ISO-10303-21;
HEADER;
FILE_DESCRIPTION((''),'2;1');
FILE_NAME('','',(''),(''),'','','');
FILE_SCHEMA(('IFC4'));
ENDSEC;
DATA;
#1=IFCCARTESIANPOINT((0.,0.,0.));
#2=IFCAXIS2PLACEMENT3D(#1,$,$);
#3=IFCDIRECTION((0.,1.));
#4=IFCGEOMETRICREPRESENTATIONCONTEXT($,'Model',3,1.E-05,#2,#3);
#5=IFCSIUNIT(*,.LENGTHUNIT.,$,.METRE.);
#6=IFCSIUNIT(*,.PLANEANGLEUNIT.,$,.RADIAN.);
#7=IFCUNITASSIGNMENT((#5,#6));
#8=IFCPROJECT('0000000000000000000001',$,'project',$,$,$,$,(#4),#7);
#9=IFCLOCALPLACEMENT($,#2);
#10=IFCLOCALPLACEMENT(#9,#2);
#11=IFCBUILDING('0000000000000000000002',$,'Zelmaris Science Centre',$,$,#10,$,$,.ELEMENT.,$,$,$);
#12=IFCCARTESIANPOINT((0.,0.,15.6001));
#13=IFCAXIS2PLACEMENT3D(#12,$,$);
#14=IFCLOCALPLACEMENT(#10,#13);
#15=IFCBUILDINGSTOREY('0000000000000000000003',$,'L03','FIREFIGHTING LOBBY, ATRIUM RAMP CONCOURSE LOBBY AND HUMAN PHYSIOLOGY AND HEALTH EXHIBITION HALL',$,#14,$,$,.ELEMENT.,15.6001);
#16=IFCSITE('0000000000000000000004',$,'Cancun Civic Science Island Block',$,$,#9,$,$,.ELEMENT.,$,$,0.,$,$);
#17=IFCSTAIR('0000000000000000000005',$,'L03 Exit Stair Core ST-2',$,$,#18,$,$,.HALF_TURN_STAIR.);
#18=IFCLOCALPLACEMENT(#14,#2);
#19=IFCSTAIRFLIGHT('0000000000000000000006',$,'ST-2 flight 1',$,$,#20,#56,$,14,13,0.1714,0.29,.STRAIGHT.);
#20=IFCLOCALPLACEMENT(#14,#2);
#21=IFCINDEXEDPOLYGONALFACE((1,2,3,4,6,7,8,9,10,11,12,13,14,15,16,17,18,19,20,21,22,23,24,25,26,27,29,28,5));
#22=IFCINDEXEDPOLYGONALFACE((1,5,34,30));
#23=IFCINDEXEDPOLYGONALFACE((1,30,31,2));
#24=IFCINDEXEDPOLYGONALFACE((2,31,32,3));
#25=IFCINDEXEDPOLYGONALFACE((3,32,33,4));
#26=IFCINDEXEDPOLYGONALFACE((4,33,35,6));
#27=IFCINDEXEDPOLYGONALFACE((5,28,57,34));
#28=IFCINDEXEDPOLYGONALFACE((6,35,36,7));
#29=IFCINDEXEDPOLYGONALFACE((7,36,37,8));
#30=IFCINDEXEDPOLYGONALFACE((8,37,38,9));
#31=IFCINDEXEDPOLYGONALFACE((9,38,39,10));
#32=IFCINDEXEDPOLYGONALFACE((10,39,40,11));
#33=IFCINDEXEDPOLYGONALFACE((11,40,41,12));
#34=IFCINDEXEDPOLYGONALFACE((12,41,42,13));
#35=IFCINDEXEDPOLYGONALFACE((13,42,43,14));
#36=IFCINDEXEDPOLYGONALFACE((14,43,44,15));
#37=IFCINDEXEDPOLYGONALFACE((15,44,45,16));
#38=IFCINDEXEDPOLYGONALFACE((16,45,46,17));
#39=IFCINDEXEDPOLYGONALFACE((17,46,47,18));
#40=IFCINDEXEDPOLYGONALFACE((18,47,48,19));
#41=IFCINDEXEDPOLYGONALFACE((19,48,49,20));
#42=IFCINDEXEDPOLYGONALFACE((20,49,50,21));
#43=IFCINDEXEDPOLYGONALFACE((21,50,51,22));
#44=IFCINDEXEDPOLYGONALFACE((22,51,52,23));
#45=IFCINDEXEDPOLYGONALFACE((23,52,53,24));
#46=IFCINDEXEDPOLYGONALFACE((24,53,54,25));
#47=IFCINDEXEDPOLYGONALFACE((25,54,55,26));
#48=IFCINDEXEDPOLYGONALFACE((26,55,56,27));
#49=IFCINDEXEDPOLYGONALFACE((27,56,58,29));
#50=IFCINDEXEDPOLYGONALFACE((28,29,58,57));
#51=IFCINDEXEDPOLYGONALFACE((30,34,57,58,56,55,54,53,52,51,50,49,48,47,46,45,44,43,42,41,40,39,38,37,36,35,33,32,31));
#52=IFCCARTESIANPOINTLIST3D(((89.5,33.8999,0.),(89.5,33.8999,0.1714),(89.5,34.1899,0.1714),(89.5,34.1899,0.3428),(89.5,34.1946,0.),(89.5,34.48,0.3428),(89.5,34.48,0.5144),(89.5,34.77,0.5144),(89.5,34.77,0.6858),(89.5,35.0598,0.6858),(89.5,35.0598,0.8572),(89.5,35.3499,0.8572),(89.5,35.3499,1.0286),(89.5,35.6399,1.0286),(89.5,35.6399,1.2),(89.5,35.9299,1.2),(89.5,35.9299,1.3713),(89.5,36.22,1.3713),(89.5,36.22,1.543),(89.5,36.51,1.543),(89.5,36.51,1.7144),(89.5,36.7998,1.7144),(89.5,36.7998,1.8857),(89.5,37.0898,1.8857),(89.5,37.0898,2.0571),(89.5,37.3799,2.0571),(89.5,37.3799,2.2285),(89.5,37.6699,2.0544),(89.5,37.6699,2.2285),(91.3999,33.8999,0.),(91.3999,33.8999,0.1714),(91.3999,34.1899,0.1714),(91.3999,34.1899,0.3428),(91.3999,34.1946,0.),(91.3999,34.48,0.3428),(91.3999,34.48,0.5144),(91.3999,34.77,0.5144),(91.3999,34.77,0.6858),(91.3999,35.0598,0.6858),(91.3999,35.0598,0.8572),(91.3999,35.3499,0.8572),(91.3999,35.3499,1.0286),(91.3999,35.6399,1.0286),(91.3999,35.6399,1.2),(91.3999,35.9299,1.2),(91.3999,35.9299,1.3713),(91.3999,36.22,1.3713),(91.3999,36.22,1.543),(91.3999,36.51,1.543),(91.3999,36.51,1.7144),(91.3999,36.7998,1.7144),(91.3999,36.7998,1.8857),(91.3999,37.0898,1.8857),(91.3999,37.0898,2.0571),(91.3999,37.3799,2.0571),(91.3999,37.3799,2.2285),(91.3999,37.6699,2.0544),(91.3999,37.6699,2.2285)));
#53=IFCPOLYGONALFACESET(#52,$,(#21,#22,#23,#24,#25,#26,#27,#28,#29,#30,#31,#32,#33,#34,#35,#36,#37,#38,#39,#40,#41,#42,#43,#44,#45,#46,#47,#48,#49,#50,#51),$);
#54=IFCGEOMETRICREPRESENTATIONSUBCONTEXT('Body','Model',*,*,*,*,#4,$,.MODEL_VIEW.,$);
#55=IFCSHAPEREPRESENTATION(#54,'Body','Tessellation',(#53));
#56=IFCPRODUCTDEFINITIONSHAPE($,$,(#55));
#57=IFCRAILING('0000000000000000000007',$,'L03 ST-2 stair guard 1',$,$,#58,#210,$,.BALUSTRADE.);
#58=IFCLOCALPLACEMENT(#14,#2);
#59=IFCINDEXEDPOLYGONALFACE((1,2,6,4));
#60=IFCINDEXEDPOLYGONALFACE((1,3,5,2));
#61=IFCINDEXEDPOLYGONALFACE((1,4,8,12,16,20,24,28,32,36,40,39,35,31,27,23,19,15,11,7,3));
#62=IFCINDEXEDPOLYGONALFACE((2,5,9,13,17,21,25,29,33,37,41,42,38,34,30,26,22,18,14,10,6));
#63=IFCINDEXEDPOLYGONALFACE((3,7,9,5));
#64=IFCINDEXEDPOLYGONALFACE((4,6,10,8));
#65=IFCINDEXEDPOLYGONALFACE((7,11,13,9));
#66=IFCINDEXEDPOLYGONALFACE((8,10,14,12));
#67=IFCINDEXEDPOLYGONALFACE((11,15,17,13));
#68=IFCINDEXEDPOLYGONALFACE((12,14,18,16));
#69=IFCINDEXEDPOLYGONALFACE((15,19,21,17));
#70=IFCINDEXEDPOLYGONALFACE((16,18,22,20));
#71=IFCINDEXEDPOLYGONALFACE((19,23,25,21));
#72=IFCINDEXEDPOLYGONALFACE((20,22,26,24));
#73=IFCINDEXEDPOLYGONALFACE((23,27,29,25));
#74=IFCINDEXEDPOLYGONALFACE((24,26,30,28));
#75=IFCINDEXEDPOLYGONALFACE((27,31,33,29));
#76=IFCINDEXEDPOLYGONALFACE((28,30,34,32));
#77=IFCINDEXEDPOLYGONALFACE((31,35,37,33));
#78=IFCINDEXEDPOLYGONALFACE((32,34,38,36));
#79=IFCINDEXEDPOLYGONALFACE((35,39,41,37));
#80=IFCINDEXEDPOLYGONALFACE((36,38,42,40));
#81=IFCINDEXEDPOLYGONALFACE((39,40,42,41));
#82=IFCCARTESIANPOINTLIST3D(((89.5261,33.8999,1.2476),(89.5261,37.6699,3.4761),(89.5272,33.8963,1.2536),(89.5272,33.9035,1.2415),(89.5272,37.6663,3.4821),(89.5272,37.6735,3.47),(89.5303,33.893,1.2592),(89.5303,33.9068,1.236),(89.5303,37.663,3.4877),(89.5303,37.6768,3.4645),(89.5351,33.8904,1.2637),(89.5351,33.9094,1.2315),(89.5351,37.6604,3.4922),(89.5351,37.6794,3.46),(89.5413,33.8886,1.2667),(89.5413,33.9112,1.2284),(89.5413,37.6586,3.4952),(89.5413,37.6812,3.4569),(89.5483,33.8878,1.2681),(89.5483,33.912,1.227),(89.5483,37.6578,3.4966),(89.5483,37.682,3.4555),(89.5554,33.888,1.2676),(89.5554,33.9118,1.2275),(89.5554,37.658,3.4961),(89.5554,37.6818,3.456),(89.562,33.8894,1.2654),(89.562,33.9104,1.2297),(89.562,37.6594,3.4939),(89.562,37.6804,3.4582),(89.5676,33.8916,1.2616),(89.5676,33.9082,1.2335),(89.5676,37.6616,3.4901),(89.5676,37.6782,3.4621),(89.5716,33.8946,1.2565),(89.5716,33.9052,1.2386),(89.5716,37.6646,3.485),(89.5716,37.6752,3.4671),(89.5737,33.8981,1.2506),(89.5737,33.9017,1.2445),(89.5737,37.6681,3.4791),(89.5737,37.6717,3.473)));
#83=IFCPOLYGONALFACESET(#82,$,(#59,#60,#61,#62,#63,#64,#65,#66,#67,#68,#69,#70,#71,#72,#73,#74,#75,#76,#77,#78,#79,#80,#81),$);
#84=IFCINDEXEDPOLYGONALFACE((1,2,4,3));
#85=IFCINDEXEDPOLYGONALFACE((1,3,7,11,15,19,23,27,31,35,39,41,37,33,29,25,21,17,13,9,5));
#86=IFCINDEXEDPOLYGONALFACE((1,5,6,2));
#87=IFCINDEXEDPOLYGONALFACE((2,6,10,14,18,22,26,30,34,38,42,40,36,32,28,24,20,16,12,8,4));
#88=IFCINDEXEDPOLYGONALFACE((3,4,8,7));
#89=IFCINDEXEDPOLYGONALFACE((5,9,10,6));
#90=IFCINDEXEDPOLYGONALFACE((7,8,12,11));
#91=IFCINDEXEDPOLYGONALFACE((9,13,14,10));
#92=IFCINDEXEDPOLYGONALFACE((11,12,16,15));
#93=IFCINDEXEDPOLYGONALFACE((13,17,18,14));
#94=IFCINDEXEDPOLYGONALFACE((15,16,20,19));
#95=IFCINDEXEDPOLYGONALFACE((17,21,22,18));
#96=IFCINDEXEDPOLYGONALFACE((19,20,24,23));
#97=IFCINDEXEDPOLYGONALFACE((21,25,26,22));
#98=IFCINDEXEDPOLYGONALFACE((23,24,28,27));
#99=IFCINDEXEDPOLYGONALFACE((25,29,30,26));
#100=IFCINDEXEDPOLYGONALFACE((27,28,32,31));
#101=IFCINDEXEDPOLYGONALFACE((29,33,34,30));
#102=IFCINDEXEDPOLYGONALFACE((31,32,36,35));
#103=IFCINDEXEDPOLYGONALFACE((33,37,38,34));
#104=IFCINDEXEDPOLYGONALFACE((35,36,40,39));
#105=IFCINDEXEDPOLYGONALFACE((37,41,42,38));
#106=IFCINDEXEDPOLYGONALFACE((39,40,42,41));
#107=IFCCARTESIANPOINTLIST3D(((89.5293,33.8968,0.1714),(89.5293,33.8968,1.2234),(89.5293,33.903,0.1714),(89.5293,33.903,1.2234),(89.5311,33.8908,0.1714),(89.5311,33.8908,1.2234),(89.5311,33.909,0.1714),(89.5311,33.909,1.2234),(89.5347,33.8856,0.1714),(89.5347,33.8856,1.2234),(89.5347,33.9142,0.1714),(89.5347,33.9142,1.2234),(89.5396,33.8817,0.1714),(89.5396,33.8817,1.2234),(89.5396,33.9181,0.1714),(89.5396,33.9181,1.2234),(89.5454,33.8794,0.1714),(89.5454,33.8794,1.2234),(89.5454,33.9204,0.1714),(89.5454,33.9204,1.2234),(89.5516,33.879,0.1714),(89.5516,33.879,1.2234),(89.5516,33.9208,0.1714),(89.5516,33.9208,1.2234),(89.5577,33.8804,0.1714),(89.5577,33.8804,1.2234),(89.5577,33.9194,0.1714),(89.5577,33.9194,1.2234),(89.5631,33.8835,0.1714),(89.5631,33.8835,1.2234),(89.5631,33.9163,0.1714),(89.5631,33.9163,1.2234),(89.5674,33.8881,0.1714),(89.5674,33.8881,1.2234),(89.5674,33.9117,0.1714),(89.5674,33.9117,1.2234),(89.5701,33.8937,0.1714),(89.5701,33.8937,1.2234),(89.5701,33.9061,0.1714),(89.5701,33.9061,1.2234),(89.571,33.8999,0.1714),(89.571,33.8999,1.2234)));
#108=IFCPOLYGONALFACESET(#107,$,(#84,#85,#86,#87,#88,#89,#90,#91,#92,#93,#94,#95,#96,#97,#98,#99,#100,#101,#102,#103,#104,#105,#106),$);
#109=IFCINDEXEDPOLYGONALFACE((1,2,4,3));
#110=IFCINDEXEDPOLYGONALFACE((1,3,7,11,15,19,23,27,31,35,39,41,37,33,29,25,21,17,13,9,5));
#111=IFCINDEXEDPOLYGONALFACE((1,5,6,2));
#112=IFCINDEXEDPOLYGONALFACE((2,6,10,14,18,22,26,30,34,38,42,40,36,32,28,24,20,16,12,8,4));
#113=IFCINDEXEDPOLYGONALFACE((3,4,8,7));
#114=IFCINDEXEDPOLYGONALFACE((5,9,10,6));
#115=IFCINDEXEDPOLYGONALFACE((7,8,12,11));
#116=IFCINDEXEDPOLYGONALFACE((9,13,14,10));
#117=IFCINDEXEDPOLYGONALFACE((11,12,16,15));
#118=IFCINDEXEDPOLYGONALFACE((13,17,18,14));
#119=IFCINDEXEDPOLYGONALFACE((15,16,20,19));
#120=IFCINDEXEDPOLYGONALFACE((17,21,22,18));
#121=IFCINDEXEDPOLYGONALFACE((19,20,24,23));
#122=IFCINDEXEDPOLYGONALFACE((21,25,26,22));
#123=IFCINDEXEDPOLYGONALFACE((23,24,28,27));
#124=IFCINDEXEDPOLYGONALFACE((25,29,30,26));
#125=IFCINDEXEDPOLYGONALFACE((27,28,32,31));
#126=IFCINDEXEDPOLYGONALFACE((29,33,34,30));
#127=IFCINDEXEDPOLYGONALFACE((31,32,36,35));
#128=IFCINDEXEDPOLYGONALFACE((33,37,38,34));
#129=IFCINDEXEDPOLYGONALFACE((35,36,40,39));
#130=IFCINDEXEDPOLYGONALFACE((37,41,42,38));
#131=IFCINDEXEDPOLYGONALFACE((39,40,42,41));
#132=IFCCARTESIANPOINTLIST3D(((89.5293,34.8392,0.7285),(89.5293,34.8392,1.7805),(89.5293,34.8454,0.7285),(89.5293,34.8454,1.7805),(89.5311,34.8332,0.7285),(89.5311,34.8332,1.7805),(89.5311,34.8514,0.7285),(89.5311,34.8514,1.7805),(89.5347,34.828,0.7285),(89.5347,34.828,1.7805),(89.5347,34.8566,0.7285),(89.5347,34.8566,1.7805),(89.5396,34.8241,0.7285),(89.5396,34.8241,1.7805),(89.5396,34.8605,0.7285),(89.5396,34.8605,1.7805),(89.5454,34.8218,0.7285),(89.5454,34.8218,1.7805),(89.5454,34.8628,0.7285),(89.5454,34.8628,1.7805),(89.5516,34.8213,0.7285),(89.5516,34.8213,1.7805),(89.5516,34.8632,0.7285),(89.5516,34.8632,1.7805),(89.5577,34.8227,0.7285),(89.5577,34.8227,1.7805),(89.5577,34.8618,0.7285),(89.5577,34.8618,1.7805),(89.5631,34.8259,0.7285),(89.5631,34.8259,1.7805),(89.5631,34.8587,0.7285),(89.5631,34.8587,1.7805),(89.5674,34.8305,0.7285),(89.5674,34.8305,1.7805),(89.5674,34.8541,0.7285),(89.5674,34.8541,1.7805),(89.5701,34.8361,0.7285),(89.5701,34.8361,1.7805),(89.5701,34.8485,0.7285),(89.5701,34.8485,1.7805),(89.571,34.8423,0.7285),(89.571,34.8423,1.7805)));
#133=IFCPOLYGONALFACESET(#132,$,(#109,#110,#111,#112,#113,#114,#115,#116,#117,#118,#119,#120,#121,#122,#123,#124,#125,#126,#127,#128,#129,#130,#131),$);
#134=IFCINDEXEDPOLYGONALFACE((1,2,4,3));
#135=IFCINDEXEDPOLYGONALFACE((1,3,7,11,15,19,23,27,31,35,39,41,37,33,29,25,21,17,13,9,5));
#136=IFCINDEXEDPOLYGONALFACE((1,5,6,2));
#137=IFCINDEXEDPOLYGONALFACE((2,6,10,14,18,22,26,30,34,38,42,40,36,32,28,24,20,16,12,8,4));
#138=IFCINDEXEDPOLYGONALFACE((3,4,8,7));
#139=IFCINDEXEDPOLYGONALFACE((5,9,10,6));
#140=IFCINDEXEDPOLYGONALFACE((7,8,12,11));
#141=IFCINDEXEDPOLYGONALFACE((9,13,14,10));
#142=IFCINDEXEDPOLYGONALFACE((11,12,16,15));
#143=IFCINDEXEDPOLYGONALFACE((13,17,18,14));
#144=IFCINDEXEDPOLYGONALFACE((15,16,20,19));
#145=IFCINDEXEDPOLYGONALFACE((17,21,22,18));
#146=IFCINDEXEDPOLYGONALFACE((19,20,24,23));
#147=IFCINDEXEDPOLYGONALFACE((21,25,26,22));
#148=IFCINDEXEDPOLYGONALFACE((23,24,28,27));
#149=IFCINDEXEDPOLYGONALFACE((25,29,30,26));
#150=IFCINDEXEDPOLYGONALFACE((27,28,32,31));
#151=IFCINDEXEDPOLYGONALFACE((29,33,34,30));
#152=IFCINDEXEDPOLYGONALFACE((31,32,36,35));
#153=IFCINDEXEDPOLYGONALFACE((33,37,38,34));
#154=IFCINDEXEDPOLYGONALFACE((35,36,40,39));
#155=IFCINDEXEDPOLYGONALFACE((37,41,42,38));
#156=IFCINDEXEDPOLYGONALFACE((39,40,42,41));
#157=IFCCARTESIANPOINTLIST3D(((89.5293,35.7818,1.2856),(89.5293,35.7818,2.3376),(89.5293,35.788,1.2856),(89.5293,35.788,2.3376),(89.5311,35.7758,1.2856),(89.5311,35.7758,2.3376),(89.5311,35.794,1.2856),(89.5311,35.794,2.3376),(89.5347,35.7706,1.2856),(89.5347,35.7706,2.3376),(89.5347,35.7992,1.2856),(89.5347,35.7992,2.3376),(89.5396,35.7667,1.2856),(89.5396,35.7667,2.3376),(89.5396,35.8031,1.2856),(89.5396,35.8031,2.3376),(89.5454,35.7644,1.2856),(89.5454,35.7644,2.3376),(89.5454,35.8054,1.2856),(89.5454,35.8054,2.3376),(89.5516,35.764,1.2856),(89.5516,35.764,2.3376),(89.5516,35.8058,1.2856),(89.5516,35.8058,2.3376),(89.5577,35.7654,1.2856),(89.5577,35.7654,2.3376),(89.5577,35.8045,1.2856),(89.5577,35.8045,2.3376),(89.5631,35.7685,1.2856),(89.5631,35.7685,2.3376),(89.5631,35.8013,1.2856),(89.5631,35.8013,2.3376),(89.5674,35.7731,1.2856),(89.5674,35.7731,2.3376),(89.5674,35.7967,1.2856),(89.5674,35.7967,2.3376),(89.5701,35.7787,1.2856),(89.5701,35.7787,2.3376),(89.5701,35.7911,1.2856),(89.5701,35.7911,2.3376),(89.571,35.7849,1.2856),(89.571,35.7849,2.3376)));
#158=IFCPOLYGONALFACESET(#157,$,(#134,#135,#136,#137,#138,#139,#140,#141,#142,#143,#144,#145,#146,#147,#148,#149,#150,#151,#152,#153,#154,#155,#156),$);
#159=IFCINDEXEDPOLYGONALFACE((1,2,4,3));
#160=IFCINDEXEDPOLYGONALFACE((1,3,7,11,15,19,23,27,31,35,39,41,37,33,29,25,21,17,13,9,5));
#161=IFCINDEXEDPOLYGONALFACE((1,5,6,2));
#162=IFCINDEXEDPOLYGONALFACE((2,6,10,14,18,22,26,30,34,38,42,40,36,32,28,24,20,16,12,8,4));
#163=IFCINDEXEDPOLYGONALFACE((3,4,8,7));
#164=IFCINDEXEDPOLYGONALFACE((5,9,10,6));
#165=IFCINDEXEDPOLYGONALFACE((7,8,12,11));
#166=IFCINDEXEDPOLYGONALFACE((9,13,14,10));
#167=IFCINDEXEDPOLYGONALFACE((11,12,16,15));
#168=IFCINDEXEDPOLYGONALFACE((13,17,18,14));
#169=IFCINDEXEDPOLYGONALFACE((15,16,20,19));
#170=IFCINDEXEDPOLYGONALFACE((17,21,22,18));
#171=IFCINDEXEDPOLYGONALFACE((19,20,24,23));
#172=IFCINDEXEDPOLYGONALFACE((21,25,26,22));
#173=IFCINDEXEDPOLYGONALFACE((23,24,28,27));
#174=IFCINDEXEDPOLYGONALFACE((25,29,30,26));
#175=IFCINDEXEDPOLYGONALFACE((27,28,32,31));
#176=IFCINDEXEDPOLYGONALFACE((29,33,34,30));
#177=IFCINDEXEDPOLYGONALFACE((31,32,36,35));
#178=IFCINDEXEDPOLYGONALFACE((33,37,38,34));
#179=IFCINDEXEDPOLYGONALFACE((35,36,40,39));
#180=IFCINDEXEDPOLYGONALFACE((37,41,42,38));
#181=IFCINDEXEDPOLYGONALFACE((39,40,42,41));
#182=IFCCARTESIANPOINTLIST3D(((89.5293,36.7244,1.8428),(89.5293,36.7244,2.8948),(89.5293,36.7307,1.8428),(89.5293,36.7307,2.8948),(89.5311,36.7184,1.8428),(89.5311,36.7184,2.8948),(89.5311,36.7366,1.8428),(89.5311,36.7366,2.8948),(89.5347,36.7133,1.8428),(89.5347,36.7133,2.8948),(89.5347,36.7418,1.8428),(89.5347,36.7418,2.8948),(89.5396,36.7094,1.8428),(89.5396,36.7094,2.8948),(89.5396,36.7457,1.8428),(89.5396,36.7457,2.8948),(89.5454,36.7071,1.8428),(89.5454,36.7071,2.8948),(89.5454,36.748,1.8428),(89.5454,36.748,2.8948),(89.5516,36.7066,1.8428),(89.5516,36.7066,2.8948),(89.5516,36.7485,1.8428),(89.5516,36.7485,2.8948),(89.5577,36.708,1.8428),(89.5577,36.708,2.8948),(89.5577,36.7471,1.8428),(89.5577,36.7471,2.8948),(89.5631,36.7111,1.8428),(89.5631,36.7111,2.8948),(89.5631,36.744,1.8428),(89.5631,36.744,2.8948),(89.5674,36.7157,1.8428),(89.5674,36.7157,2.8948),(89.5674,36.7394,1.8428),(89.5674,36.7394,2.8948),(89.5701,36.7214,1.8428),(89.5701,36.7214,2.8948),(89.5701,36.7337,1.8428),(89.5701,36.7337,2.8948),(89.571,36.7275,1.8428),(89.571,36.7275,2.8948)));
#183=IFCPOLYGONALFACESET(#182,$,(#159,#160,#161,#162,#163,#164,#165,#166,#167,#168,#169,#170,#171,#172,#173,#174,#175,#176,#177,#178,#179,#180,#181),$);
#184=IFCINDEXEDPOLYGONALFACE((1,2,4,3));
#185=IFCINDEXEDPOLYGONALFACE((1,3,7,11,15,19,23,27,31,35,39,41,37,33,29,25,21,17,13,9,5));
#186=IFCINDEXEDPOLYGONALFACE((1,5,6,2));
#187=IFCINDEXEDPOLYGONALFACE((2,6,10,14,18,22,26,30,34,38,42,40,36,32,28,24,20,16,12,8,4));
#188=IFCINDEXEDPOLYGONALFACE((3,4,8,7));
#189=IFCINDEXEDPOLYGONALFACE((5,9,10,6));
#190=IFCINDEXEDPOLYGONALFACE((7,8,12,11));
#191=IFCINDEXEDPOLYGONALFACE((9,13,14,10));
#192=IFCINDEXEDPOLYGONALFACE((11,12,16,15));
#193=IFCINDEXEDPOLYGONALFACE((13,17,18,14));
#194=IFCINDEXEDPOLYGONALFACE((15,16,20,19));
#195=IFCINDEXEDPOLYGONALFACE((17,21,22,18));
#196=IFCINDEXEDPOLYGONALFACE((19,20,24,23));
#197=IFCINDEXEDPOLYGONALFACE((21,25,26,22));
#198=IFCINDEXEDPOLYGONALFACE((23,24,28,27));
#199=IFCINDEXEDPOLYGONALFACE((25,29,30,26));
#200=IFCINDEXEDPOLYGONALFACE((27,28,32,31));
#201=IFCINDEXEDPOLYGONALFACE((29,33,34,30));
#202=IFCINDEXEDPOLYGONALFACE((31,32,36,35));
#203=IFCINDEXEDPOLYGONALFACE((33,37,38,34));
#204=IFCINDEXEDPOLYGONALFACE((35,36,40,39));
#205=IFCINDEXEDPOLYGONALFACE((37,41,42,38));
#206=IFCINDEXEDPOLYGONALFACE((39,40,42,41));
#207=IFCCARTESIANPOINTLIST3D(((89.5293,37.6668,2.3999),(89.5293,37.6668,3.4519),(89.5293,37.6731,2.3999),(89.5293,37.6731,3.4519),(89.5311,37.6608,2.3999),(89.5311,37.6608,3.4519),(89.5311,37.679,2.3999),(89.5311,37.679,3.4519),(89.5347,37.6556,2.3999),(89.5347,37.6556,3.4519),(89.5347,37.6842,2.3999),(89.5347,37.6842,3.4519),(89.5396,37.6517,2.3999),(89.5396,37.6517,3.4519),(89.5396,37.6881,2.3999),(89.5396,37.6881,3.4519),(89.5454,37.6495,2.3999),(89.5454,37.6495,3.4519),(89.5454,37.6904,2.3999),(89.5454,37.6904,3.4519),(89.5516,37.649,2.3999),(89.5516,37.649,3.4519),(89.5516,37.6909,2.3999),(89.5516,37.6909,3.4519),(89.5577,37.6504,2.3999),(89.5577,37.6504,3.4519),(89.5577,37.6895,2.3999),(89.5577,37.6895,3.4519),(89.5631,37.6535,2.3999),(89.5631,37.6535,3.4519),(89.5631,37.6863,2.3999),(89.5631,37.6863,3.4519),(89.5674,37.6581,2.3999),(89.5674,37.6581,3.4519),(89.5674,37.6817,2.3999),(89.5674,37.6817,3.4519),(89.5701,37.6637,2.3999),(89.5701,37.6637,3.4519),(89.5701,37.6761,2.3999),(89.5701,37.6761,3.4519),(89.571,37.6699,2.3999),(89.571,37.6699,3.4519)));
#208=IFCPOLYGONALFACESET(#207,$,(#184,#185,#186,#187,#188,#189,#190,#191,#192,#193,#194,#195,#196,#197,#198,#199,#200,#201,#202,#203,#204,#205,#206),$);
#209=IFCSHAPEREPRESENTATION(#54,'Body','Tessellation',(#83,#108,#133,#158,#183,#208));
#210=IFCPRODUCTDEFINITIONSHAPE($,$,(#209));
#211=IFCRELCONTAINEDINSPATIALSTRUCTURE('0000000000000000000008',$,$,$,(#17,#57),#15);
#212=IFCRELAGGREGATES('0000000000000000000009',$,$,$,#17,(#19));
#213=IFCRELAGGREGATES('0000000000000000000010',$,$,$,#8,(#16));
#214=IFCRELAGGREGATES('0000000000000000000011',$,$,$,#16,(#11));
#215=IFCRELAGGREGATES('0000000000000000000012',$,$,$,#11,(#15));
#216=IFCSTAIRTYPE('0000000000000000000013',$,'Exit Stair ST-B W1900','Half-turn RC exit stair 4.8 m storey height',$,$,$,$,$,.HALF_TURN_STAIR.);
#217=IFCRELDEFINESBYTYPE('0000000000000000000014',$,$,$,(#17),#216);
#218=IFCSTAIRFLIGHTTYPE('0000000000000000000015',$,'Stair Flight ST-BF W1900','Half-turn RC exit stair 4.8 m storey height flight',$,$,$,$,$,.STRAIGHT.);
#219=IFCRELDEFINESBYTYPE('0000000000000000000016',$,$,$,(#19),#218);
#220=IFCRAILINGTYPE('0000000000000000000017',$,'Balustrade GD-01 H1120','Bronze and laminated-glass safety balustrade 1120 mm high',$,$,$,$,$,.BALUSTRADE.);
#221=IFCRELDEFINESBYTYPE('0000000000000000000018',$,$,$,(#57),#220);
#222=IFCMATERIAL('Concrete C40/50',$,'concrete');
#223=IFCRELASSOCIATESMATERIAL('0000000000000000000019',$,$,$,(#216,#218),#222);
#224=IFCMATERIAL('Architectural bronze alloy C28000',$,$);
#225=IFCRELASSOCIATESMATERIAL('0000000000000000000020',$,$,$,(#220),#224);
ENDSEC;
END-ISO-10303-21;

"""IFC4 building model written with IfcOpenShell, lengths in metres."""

from ifc_helpers import new_model, si_unit, direction, frame, origin, origin_2d, place, context, subcontext, project, spatial, polyline, circle, outline, extrude, material, type_object, element, aggregate, save


model = new_model("IFC4")

# Units and contexts
model_context = context("Model", 3, precision=1e-05, world=origin(), true_north=direction((0.0, 1.0)))
body_context = subcontext(model_context, "Body", "Model", "MODEL_VIEW")
ifc_project = project(units=[si_unit("LENGTHUNIT", "METRE"), si_unit("PLANEANGLEUNIT", "RADIAN")], contexts=[model_context])

# Site, building, storey
site_placement = place(None, origin())
site = spatial("IfcSite", under=ifc_project, at=site_placement, Name="Cancun Civic Science Island Block", CompositionType="ELEMENT", RefElevation=0.0)
building_placement = place(site_placement, origin())
building = spatial("IfcBuilding", under=site, at=building_placement, Name="Zelmaris Science Centre", CompositionType="ELEMENT")
storey_placement = place(building_placement, frame((0.0, 0.0, 15.6001)))
storey = spatial("IfcBuildingStorey", under=building, at=storey_placement, Name="L03", Description="FIREFIGHTING LOBBY, ATRIUM RAMP CONCOURSE LOBBY AND HUMAN PHYSIOLOGY AND HEALTH EXHIBITION HALL", CompositionType="ELEMENT", Elevation=15.6001)

# Shared definitions
ifc_material_1 = material(Name="Concrete C40/50", Category="concrete")

# Stair, stair flight
stair_type = type_object("IfcStairType", Name="Exit Stair ST-B W1900", Description="Half-turn RC exit stair 4.8 m storey height", PredefinedType="HALF_TURN_STAIR", material=ifc_material_1)
stair_placement = place(storey_placement, origin())
stair = element("IfcStair", 1, at=stair_placement, inside=storey, type_object=stair_type, Name="L03 Exit Stair Core ST-2", PredefinedType="HALF_TURN_STAIR")
stair_flight_type = type_object("IfcStairFlightType", Name="Stair Flight ST-BF W1900", Description="Half-turn RC exit stair 4.8 m storey height flight", PredefinedType="STRAIGHT", material=ifc_material_1)
stair_flight_placement = place(storey_placement, frame((90.45, 33.8999, 0.0), z_axis=(0.0, 0.0, 1.0), x_axis=(0.0, 1.0, 0.0)))
stair_flight = element("IfcStairFlight", 2, at=stair_flight_placement, type_object=stair_flight_type, Name="ST-2 flight 1", NumberOfRisers=14, NumberOfTreads=13, PredefinedType="STRAIGHT", RiserHeight=0.1714, TreadLength=0.29, context=body_context, shape_type="SweptSolid", body=[
    extrude(outline(polyline([(0.0, 0.0), (0.0, 0.1714), (0.29, 0.1714), (0.29, 0.3428), (0.5801, 0.3428), (0.5801, 0.5144), (0.8701, 0.5144), (0.8701, 0.6858), (1.1599, 0.6858), (1.1599, 0.8572), (1.45, 0.8572), (1.45, 1.0286), (1.74, 1.0286), (1.74, 1.2), (2.03, 1.2), (2.03, 1.3713), (2.3201, 1.3713), (2.3201, 1.543), (2.6101, 1.543), (2.6101, 1.7144), (2.8999, 1.7144), (2.8999, 1.8857), (3.1899, 1.8857), (3.1899, 2.0571), (3.48, 2.0571), (3.48, 2.2285), (3.77, 2.2285), (3.77, 2.3999), (3.77, 2.0544), (0.2947, 0.0), (0.0, 0.0)])), frame((0.0, 0.95, 0.0), z_axis=(0.0, -1.0, 0.0), x_axis=(1.0, 0.0, 0.0)), (0.0, 0.0, 1.0), 1.8999),
])
aggregate(stair, [stair_flight])

# Railing
ifc_material_2 = material(Name="Architectural bronze alloy C28000")
railing_type_1 = type_object("IfcRailingType", Name="Balustrade GD-01 H1120", Description="Bronze and laminated-glass safety balustrade 1120 mm high", PredefinedType="BALUSTRADE", material=ifc_material_2)
railing_1_placement = place(storey_placement, frame((89.55, 33.8999, 0.1714)))
element("IfcRailing", 3, at=railing_1_placement, inside=storey, type_object=railing_type_1, Name="L03 ST-2 stair guard 1", PredefinedType="BALUSTRADE", context=body_context, shape_type="SweptSolid", body=[
    extrude(circle(Radius=0.0239, at=origin_2d()), frame((0.0, 0.0, 1.0762), z_axis=(0.0, 0.860849, 0.508861), x_axis=(-1.0, 0.0, 0.0)), (0.0, 0.0, 1.0), 4.3794),
    extrude(circle(Radius=0.021, at=origin_2d()), origin(), (0.0, 0.0, 1.0), 1.052),
    extrude(circle(Radius=0.021, at=origin_2d()), frame((0.0, 0.9424, 0.5571)), (0.0, 0.0, 1.0), 1.052),
    extrude(circle(Radius=0.021, at=origin_2d()), frame((0.0, 1.885, 1.1143)), (0.0, 0.0, 1.0), 1.052),
    extrude(circle(Radius=0.021, at=origin_2d()), frame((0.0, 2.8276, 1.6714)), (0.0, 0.0, 1.0), 1.052),
    extrude(circle(Radius=0.021, at=origin_2d()), frame((0.0, 3.77, 2.2285)), (0.0, 0.0, 1.0), 1.052),
])

save(model, "model.ifc")
